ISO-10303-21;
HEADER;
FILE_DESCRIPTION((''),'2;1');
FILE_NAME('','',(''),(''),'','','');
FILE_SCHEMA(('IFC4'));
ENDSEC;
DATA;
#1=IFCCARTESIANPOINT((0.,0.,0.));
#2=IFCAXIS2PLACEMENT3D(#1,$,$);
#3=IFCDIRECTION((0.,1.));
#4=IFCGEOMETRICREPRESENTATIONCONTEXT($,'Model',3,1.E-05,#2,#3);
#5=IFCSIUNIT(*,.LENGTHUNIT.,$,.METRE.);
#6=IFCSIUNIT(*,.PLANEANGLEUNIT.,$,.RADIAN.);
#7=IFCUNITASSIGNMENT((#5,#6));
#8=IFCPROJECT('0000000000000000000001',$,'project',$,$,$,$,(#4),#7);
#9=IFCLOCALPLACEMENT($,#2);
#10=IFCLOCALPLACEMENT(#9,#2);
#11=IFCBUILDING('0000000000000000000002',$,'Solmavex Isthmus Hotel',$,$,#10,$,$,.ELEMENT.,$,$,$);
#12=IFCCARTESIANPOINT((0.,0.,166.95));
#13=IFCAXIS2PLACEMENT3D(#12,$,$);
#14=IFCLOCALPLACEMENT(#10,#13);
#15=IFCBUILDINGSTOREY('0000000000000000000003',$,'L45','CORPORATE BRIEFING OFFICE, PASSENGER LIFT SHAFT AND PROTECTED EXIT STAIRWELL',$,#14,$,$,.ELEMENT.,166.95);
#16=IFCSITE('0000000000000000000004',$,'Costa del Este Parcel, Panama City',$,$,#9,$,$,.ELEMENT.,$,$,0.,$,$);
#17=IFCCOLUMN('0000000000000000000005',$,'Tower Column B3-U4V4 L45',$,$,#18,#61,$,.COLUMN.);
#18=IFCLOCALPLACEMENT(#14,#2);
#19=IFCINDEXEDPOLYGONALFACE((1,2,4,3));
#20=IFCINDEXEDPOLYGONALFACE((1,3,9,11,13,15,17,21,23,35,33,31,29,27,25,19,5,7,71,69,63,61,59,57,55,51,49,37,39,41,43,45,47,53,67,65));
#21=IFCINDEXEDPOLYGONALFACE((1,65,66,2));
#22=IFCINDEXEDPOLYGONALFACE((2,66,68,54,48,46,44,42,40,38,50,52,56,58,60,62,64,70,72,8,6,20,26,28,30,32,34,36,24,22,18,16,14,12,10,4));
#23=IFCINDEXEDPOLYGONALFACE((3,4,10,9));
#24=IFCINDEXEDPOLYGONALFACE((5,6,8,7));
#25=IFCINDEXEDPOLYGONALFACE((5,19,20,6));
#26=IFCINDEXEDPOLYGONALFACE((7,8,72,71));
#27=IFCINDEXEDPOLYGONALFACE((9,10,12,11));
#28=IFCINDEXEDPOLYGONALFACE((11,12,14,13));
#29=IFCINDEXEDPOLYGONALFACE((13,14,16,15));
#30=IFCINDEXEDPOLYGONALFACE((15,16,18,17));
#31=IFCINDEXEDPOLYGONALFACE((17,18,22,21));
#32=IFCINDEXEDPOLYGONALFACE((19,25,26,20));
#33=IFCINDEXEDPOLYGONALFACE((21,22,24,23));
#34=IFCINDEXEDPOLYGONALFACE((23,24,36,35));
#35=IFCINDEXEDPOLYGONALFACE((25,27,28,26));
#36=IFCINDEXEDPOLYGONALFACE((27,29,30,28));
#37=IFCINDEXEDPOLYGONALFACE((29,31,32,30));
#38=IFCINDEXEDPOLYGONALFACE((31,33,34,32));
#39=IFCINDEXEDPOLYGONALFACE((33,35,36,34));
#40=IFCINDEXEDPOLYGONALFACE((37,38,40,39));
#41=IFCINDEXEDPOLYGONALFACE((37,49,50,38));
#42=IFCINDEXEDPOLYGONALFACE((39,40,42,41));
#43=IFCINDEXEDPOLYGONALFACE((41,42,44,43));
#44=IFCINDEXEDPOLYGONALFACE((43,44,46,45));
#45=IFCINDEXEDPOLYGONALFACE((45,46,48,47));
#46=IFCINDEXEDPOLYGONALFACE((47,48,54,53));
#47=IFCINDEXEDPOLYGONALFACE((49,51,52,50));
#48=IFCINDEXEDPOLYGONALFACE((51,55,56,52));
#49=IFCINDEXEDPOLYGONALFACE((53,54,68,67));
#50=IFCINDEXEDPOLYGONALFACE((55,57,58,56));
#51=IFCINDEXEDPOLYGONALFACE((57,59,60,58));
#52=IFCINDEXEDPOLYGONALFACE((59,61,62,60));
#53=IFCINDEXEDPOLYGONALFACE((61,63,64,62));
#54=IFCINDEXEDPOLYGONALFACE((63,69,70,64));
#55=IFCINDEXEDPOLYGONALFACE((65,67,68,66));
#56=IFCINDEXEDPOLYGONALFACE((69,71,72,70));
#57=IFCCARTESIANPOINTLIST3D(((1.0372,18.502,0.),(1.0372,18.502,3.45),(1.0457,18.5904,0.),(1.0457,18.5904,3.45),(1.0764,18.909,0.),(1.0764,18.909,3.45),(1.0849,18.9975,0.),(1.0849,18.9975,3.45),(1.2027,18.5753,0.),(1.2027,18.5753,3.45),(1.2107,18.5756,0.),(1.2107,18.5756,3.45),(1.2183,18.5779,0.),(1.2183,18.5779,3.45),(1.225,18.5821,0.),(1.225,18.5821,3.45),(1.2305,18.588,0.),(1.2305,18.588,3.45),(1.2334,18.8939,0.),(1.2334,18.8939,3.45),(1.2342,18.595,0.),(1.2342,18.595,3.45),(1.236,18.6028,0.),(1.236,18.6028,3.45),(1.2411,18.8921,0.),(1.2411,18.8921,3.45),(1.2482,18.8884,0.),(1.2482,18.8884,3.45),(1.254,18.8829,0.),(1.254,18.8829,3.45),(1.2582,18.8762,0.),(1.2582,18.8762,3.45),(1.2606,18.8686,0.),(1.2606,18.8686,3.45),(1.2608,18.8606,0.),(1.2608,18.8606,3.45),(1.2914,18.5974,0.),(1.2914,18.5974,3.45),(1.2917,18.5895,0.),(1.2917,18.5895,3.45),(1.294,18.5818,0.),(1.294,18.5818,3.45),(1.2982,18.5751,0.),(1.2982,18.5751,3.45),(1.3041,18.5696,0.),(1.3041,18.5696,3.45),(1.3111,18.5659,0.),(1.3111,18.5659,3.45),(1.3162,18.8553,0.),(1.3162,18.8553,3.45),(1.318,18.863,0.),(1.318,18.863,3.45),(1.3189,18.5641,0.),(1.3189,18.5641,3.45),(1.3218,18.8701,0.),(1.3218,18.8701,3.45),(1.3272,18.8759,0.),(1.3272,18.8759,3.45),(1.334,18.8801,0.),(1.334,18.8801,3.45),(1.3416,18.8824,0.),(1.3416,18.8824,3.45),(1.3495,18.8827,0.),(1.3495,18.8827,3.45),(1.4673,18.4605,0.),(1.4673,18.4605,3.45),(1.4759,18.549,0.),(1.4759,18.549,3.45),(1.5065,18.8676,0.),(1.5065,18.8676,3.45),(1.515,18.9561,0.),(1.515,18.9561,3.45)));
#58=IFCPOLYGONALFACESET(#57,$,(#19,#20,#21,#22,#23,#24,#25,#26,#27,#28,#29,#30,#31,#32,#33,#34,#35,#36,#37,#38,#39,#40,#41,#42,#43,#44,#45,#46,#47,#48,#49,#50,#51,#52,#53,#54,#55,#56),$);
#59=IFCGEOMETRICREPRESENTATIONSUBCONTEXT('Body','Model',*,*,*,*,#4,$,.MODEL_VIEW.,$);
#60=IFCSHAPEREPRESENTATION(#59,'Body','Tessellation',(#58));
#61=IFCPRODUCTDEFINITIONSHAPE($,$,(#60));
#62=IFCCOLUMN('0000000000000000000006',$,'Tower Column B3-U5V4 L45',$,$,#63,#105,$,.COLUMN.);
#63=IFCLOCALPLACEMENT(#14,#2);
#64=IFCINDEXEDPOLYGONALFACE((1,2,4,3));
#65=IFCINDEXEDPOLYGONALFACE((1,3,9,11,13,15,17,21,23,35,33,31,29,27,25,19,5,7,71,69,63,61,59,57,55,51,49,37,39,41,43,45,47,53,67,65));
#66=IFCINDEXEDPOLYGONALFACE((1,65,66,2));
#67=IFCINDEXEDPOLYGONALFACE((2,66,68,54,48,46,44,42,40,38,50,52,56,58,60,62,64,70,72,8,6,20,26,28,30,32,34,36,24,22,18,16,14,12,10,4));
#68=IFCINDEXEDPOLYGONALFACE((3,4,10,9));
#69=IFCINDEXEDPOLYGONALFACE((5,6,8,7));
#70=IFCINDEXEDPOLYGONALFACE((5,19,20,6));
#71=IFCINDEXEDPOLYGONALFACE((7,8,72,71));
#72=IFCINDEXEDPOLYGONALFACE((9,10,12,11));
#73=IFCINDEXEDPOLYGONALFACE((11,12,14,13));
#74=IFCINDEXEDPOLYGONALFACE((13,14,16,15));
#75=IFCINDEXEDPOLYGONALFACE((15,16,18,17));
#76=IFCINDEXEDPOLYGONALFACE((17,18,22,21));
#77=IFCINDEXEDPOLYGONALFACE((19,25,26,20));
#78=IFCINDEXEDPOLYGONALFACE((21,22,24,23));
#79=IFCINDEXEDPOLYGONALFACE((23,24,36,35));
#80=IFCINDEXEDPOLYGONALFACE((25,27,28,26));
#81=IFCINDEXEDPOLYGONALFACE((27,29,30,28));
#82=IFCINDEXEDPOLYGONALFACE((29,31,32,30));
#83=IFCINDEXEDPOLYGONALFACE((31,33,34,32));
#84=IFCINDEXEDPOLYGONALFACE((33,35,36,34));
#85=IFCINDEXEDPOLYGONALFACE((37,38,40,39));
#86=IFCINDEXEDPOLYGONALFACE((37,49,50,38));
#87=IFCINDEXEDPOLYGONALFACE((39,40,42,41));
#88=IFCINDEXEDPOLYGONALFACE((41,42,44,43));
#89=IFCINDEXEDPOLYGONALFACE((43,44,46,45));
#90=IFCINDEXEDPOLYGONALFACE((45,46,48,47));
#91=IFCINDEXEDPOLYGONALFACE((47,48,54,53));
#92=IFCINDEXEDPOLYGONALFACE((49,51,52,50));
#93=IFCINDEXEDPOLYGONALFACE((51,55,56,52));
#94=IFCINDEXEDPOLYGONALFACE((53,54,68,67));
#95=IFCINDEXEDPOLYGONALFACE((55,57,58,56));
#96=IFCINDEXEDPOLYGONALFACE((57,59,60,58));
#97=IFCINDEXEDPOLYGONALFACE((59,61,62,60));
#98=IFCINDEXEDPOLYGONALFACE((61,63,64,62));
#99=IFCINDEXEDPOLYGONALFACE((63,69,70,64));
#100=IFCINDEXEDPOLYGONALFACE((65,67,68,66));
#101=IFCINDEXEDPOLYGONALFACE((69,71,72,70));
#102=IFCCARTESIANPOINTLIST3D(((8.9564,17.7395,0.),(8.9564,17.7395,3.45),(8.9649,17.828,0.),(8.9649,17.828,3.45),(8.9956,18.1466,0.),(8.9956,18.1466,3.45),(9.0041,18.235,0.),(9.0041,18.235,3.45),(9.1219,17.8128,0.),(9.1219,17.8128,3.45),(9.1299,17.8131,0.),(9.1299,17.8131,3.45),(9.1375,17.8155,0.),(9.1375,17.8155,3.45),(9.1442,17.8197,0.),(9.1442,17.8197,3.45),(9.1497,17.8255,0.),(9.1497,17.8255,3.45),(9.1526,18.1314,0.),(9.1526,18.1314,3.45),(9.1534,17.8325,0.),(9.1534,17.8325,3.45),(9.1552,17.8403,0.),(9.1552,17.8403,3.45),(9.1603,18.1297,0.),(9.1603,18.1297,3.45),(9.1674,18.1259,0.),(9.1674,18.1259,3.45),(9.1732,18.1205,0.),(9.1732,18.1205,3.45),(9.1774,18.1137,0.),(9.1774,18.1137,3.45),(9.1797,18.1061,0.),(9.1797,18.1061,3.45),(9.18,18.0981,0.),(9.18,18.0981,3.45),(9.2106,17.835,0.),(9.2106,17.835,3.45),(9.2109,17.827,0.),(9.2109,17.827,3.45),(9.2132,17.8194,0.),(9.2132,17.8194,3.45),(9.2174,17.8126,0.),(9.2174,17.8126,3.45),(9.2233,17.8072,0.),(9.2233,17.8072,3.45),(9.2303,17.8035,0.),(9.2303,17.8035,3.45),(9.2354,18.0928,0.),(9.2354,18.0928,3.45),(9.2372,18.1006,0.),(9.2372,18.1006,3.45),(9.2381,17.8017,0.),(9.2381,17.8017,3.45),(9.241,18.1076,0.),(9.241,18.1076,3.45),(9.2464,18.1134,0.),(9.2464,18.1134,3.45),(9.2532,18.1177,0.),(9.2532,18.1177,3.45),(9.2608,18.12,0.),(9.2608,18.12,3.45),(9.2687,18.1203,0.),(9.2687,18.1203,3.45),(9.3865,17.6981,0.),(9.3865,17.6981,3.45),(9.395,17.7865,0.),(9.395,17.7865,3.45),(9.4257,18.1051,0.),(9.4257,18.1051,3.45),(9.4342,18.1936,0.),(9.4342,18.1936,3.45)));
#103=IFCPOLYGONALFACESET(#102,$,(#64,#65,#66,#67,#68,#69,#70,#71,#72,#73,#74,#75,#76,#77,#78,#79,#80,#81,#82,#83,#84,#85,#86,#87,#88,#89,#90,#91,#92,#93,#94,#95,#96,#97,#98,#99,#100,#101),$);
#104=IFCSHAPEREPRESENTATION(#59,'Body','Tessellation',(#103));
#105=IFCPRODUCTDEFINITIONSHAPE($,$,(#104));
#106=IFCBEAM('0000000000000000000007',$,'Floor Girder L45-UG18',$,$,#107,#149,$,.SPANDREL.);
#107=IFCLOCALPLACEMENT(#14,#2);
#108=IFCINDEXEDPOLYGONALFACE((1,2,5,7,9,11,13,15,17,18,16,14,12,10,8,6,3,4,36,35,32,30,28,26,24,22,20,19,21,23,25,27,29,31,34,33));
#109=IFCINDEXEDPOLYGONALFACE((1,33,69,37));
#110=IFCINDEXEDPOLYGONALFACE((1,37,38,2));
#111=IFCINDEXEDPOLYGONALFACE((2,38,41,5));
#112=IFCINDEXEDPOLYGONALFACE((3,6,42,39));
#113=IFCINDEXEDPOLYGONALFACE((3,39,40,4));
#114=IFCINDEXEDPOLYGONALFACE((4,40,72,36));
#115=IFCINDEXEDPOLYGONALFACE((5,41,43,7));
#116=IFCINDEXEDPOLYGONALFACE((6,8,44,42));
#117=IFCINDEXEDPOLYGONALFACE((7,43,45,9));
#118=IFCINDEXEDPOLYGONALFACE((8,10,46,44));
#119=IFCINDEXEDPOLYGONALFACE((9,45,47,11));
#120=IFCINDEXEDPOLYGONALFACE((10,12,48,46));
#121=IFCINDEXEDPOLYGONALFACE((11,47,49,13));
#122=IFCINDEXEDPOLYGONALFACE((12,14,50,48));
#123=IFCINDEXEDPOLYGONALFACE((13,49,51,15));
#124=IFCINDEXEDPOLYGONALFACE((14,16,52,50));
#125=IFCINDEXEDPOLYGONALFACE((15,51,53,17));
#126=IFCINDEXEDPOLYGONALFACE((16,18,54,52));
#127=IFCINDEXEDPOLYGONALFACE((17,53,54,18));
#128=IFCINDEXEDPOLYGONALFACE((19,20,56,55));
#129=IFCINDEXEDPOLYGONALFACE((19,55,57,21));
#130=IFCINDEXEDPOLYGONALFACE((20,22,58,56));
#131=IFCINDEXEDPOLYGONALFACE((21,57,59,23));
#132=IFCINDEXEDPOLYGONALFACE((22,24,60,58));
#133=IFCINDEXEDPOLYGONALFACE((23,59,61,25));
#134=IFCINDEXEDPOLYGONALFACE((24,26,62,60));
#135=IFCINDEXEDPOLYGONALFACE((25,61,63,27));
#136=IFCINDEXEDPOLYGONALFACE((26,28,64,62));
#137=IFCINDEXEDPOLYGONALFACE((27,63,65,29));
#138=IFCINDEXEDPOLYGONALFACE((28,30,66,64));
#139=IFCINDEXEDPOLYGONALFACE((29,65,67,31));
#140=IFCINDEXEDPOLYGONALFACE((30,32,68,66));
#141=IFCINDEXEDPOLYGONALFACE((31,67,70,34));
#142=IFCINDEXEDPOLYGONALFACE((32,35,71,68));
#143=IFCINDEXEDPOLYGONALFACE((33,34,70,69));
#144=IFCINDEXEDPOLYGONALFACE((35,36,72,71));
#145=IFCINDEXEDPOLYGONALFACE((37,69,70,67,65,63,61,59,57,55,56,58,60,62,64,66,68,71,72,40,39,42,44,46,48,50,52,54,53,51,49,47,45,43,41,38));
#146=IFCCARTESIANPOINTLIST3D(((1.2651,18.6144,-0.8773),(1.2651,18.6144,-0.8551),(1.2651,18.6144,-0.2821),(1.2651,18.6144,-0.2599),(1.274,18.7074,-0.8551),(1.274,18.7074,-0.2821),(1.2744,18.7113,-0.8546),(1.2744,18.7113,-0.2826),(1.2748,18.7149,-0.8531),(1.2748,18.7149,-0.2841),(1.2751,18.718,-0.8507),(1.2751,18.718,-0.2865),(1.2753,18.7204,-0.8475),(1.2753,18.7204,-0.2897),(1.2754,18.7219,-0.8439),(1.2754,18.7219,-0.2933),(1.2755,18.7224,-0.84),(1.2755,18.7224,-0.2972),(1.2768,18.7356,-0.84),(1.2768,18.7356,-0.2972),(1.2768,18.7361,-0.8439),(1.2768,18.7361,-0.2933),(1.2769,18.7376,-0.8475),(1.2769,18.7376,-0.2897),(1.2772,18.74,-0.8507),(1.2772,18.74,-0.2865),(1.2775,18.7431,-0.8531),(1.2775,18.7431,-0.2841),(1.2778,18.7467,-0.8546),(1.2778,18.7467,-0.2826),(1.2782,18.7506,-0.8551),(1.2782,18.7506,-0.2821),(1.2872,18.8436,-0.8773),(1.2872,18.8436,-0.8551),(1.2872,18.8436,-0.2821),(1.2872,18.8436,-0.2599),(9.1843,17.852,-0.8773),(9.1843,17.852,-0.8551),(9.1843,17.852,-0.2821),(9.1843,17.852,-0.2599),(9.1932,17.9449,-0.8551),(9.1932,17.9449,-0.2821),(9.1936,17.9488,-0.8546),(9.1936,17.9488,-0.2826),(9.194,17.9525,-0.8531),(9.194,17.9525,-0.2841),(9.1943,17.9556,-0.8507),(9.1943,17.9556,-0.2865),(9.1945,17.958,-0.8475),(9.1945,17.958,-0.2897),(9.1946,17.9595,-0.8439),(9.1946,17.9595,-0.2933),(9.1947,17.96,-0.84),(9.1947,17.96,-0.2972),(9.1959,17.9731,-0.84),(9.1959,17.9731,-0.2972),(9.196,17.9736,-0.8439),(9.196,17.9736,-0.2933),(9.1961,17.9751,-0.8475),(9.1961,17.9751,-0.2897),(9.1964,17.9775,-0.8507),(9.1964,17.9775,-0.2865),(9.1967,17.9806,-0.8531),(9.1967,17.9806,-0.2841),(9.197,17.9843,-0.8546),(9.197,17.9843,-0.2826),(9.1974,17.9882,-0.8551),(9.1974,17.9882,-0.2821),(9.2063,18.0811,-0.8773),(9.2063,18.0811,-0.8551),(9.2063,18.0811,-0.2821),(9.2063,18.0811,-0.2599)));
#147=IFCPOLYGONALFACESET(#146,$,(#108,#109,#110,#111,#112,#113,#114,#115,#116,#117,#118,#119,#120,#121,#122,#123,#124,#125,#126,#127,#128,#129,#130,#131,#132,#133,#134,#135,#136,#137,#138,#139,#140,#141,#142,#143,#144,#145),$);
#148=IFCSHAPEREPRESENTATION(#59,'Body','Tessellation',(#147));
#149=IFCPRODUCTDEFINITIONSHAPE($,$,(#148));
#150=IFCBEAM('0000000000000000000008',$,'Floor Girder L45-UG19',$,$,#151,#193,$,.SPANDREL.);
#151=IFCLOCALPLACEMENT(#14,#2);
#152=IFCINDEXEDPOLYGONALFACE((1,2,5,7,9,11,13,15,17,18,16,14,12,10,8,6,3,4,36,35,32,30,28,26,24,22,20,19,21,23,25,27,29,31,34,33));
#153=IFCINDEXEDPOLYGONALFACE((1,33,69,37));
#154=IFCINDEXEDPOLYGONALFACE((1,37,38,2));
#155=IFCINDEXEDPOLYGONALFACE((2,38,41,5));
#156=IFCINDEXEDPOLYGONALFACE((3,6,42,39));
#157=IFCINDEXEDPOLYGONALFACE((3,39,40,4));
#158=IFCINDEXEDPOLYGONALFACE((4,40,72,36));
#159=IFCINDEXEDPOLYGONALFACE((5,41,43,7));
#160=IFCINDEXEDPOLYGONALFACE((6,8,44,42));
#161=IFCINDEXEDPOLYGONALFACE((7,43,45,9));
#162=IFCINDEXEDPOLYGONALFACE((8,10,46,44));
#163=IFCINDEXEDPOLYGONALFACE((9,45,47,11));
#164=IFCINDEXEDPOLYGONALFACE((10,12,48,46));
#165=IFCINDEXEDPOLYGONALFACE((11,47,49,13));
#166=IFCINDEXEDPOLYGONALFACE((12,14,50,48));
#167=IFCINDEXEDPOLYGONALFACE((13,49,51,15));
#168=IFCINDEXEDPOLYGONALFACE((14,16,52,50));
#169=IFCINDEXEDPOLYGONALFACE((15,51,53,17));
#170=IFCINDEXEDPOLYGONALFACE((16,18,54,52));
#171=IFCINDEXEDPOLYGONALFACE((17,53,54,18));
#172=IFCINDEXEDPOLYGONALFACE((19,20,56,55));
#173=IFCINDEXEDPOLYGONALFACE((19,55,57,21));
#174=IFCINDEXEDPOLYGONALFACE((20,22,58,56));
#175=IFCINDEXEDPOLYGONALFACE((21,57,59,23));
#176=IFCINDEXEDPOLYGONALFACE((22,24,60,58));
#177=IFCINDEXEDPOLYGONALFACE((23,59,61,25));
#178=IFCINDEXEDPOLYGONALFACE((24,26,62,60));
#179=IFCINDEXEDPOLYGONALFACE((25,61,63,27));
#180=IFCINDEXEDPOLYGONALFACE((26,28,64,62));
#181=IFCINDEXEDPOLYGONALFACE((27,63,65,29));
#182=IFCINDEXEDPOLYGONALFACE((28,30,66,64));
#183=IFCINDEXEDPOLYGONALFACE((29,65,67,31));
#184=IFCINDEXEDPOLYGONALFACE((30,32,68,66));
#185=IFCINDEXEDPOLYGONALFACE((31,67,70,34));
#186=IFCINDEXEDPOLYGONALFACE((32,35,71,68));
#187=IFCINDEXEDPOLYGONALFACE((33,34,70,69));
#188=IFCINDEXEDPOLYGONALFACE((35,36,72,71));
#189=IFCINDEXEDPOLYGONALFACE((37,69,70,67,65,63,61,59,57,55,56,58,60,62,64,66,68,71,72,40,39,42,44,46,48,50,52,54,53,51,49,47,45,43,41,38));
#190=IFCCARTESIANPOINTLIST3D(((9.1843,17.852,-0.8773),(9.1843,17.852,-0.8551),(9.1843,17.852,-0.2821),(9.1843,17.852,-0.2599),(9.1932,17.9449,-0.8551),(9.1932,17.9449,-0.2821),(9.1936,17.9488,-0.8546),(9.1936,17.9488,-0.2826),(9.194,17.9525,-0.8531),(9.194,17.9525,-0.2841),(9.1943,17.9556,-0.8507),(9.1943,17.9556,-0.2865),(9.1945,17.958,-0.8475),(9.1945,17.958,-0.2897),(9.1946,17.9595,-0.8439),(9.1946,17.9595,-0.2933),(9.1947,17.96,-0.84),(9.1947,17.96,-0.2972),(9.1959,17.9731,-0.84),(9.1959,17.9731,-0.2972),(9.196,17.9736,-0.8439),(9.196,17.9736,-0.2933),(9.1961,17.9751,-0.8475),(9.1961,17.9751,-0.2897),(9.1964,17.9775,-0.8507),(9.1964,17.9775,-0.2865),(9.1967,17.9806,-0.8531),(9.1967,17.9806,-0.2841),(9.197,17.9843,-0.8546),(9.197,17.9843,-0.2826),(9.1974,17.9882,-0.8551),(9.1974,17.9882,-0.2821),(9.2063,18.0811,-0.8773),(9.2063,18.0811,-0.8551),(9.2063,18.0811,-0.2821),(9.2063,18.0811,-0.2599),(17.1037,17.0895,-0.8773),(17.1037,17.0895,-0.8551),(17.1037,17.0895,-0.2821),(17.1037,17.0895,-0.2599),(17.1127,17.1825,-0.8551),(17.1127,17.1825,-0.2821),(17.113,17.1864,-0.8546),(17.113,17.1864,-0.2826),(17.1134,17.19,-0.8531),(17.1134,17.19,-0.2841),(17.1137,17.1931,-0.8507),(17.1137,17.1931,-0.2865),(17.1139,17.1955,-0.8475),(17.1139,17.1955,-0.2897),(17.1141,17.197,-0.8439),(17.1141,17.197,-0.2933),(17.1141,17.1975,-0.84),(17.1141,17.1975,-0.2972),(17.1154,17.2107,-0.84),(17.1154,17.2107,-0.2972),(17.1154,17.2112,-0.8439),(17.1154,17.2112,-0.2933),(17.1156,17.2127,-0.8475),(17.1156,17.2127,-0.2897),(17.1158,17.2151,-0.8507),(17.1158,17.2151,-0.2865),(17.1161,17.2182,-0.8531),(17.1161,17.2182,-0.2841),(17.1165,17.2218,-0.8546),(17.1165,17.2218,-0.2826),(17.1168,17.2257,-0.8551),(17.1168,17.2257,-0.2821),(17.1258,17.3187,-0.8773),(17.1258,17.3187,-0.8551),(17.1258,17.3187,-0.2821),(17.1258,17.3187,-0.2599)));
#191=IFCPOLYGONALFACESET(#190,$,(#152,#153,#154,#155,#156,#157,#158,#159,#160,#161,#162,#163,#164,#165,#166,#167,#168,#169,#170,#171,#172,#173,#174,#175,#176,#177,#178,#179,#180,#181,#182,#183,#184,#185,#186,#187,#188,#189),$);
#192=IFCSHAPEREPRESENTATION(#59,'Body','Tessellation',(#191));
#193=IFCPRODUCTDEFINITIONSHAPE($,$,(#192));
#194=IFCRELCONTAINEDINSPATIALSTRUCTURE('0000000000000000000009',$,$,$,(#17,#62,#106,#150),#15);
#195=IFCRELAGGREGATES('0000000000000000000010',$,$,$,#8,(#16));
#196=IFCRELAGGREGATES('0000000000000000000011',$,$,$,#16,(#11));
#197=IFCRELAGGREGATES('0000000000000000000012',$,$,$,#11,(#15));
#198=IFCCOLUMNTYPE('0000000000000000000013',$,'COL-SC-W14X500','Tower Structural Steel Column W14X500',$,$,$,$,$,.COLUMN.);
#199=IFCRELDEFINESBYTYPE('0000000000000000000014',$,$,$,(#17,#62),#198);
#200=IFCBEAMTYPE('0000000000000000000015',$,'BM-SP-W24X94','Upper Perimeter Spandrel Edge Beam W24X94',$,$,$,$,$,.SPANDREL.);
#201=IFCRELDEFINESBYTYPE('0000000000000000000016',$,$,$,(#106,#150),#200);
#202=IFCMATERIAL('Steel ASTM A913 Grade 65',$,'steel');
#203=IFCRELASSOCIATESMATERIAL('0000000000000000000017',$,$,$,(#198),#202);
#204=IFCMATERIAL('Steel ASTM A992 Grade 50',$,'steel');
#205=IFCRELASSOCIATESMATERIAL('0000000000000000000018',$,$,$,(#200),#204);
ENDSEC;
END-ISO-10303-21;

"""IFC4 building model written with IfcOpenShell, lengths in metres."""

from ifc_helpers import new_model, si_unit, direction, frame, origin, origin_2d, place, context, subcontext, project, spatial, i_section, extrude, material, material_profile, profile_set, type_object, element, save


model = new_model("IFC4")

# Units and contexts
model_context = context("Model", 3, precision=1e-05, world=origin(), true_north=direction((0.0, 1.0)))
body_context = subcontext(model_context, "Body", "Model", "MODEL_VIEW")
ifc_project = project(units=[si_unit("LENGTHUNIT", "METRE"), si_unit("PLANEANGLEUNIT", "RADIAN")], contexts=[model_context])

# Site, building, storey
site_placement = place(None, origin())
site = spatial("IfcSite", under=ifc_project, at=site_placement, Name="Costa del Este Parcel, Panama City", CompositionType="ELEMENT", RefElevation=0.0)
building_placement = place(site_placement, origin())
building = spatial("IfcBuilding", under=site, at=building_placement, Name="Solmavex Isthmus Hotel", CompositionType="ELEMENT")
storey_placement = place(building_placement, frame((0.0, 0.0, 166.95)))
storey = spatial("IfcBuildingStorey", under=building, at=storey_placement, Name="L45", Description="CORPORATE BRIEFING OFFICE, PASSENGER LIFT SHAFT AND PROTECTED EXIT STAIRWELL", CompositionType="ELEMENT", Elevation=166.95)

# Columns
ifc_material_1 = material(Name="Steel ASTM A913 Grade 65", Category="steel")
ifc_material_profile_1 = material_profile(ifc_material_1, i_section(OverallWidth=0.4321, OverallDepth=0.4978, WebThickness=0.0557, FlangeThickness=0.0889, FilletRadius=0.0305, at=origin_2d()), Name="W14X500")
ifc_profile_set_1 = profile_set([ifc_material_profile_1], Name="Steel ASTM A913 Grade 65")
column_type = type_object("IfcColumnType", Name="COL-SC-W14X500", Description="Tower Structural Steel Column W14X500", PredefinedType="COLUMN", material=ifc_profile_set_1)
for number, where, z_axis, x_axis, name in (
    (1, (1.2761, 18.729, 0.0), (0.0, 0.0, 1.0), (0.995396, -0.095846, 0.0), "Tower Column B3-U4V4 L45"),
    (2, (9.1953, 17.9666, 0.0), (0.0, 0.0, 1.0), (0.995396, -0.095846, 0.0), "Tower Column B3-U5V4 L45"),
):
    element("IfcColumn", number, at=place(storey_placement, frame(where, z_axis=z_axis, x_axis=x_axis)), inside=storey, type_object=column_type, Name=name, PredefinedType="COLUMN", context=body_context, shape_type="SweptSolid", body=[
        extrude(i_section(OverallWidth=0.4321, OverallDepth=0.4978, WebThickness=0.0557, FlangeThickness=0.0889, FilletRadius=0.0305, at=origin_2d()), origin(), (0.0, 0.0, 1.0), 3.45),
    ])

# Beams
ifc_material_2 = material(Name="Steel ASTM A992 Grade 50", Category="steel")
ifc_material_profile_2 = material_profile(ifc_material_2, i_section(OverallWidth=0.2302, OverallDepth=0.6174, WebThickness=0.0132, FlangeThickness=0.0222, FilletRadius=0.0151, at=origin_2d()), Name="W24X94")
ifc_profile_set_2 = profile_set([ifc_material_profile_2], Name="Steel ASTM A992 Grade 50")
beam_type = type_object("IfcBeamType", Name="BM-SP-W24X94", Description="Upper Perimeter Spandrel Edge Beam W24X94", PredefinedType="SPANDREL", material=ifc_profile_set_2)
beam_1_placement = place(storey_placement, frame((1.2761, 18.729, -0.5686), z_axis=(0.995397, -0.095836, 0.0), x_axis=(0.095836, 0.995397, 0.0)))
element("IfcBeam", 3, at=beam_1_placement, inside=storey, type_object=beam_type, Name="Floor Girder L45-UG18", PredefinedType="SPANDREL", context=body_context, shape_type="SweptSolid", body=[
    extrude(i_section(OverallWidth=0.2302, OverallDepth=0.6174, WebThickness=0.0132, FlangeThickness=0.0222, FilletRadius=0.0151, at=origin_2d()), origin(), (0.0, 0.0, 1.0), 7.9558),
])
beam_2_placement = place(storey_placement, frame((9.1953, 17.9666, -0.5686), z_axis=(0.995397, -0.095833, 0.0), x_axis=(0.095833, 0.995397, 0.0)))
element("IfcBeam", 4, at=beam_2_placement, inside=storey, type_object=beam_type, Name="Floor Girder L45-UG19", PredefinedType="SPANDREL", context=body_context, shape_type="SweptSolid", body=[
    extrude(i_section(OverallWidth=0.2302, OverallDepth=0.6174, WebThickness=0.0132, FlangeThickness=0.0222, FilletRadius=0.0151, at=origin_2d()), origin(), (0.0, 0.0, 1.0), 7.9561),
])

save(model, "model.ifc")
